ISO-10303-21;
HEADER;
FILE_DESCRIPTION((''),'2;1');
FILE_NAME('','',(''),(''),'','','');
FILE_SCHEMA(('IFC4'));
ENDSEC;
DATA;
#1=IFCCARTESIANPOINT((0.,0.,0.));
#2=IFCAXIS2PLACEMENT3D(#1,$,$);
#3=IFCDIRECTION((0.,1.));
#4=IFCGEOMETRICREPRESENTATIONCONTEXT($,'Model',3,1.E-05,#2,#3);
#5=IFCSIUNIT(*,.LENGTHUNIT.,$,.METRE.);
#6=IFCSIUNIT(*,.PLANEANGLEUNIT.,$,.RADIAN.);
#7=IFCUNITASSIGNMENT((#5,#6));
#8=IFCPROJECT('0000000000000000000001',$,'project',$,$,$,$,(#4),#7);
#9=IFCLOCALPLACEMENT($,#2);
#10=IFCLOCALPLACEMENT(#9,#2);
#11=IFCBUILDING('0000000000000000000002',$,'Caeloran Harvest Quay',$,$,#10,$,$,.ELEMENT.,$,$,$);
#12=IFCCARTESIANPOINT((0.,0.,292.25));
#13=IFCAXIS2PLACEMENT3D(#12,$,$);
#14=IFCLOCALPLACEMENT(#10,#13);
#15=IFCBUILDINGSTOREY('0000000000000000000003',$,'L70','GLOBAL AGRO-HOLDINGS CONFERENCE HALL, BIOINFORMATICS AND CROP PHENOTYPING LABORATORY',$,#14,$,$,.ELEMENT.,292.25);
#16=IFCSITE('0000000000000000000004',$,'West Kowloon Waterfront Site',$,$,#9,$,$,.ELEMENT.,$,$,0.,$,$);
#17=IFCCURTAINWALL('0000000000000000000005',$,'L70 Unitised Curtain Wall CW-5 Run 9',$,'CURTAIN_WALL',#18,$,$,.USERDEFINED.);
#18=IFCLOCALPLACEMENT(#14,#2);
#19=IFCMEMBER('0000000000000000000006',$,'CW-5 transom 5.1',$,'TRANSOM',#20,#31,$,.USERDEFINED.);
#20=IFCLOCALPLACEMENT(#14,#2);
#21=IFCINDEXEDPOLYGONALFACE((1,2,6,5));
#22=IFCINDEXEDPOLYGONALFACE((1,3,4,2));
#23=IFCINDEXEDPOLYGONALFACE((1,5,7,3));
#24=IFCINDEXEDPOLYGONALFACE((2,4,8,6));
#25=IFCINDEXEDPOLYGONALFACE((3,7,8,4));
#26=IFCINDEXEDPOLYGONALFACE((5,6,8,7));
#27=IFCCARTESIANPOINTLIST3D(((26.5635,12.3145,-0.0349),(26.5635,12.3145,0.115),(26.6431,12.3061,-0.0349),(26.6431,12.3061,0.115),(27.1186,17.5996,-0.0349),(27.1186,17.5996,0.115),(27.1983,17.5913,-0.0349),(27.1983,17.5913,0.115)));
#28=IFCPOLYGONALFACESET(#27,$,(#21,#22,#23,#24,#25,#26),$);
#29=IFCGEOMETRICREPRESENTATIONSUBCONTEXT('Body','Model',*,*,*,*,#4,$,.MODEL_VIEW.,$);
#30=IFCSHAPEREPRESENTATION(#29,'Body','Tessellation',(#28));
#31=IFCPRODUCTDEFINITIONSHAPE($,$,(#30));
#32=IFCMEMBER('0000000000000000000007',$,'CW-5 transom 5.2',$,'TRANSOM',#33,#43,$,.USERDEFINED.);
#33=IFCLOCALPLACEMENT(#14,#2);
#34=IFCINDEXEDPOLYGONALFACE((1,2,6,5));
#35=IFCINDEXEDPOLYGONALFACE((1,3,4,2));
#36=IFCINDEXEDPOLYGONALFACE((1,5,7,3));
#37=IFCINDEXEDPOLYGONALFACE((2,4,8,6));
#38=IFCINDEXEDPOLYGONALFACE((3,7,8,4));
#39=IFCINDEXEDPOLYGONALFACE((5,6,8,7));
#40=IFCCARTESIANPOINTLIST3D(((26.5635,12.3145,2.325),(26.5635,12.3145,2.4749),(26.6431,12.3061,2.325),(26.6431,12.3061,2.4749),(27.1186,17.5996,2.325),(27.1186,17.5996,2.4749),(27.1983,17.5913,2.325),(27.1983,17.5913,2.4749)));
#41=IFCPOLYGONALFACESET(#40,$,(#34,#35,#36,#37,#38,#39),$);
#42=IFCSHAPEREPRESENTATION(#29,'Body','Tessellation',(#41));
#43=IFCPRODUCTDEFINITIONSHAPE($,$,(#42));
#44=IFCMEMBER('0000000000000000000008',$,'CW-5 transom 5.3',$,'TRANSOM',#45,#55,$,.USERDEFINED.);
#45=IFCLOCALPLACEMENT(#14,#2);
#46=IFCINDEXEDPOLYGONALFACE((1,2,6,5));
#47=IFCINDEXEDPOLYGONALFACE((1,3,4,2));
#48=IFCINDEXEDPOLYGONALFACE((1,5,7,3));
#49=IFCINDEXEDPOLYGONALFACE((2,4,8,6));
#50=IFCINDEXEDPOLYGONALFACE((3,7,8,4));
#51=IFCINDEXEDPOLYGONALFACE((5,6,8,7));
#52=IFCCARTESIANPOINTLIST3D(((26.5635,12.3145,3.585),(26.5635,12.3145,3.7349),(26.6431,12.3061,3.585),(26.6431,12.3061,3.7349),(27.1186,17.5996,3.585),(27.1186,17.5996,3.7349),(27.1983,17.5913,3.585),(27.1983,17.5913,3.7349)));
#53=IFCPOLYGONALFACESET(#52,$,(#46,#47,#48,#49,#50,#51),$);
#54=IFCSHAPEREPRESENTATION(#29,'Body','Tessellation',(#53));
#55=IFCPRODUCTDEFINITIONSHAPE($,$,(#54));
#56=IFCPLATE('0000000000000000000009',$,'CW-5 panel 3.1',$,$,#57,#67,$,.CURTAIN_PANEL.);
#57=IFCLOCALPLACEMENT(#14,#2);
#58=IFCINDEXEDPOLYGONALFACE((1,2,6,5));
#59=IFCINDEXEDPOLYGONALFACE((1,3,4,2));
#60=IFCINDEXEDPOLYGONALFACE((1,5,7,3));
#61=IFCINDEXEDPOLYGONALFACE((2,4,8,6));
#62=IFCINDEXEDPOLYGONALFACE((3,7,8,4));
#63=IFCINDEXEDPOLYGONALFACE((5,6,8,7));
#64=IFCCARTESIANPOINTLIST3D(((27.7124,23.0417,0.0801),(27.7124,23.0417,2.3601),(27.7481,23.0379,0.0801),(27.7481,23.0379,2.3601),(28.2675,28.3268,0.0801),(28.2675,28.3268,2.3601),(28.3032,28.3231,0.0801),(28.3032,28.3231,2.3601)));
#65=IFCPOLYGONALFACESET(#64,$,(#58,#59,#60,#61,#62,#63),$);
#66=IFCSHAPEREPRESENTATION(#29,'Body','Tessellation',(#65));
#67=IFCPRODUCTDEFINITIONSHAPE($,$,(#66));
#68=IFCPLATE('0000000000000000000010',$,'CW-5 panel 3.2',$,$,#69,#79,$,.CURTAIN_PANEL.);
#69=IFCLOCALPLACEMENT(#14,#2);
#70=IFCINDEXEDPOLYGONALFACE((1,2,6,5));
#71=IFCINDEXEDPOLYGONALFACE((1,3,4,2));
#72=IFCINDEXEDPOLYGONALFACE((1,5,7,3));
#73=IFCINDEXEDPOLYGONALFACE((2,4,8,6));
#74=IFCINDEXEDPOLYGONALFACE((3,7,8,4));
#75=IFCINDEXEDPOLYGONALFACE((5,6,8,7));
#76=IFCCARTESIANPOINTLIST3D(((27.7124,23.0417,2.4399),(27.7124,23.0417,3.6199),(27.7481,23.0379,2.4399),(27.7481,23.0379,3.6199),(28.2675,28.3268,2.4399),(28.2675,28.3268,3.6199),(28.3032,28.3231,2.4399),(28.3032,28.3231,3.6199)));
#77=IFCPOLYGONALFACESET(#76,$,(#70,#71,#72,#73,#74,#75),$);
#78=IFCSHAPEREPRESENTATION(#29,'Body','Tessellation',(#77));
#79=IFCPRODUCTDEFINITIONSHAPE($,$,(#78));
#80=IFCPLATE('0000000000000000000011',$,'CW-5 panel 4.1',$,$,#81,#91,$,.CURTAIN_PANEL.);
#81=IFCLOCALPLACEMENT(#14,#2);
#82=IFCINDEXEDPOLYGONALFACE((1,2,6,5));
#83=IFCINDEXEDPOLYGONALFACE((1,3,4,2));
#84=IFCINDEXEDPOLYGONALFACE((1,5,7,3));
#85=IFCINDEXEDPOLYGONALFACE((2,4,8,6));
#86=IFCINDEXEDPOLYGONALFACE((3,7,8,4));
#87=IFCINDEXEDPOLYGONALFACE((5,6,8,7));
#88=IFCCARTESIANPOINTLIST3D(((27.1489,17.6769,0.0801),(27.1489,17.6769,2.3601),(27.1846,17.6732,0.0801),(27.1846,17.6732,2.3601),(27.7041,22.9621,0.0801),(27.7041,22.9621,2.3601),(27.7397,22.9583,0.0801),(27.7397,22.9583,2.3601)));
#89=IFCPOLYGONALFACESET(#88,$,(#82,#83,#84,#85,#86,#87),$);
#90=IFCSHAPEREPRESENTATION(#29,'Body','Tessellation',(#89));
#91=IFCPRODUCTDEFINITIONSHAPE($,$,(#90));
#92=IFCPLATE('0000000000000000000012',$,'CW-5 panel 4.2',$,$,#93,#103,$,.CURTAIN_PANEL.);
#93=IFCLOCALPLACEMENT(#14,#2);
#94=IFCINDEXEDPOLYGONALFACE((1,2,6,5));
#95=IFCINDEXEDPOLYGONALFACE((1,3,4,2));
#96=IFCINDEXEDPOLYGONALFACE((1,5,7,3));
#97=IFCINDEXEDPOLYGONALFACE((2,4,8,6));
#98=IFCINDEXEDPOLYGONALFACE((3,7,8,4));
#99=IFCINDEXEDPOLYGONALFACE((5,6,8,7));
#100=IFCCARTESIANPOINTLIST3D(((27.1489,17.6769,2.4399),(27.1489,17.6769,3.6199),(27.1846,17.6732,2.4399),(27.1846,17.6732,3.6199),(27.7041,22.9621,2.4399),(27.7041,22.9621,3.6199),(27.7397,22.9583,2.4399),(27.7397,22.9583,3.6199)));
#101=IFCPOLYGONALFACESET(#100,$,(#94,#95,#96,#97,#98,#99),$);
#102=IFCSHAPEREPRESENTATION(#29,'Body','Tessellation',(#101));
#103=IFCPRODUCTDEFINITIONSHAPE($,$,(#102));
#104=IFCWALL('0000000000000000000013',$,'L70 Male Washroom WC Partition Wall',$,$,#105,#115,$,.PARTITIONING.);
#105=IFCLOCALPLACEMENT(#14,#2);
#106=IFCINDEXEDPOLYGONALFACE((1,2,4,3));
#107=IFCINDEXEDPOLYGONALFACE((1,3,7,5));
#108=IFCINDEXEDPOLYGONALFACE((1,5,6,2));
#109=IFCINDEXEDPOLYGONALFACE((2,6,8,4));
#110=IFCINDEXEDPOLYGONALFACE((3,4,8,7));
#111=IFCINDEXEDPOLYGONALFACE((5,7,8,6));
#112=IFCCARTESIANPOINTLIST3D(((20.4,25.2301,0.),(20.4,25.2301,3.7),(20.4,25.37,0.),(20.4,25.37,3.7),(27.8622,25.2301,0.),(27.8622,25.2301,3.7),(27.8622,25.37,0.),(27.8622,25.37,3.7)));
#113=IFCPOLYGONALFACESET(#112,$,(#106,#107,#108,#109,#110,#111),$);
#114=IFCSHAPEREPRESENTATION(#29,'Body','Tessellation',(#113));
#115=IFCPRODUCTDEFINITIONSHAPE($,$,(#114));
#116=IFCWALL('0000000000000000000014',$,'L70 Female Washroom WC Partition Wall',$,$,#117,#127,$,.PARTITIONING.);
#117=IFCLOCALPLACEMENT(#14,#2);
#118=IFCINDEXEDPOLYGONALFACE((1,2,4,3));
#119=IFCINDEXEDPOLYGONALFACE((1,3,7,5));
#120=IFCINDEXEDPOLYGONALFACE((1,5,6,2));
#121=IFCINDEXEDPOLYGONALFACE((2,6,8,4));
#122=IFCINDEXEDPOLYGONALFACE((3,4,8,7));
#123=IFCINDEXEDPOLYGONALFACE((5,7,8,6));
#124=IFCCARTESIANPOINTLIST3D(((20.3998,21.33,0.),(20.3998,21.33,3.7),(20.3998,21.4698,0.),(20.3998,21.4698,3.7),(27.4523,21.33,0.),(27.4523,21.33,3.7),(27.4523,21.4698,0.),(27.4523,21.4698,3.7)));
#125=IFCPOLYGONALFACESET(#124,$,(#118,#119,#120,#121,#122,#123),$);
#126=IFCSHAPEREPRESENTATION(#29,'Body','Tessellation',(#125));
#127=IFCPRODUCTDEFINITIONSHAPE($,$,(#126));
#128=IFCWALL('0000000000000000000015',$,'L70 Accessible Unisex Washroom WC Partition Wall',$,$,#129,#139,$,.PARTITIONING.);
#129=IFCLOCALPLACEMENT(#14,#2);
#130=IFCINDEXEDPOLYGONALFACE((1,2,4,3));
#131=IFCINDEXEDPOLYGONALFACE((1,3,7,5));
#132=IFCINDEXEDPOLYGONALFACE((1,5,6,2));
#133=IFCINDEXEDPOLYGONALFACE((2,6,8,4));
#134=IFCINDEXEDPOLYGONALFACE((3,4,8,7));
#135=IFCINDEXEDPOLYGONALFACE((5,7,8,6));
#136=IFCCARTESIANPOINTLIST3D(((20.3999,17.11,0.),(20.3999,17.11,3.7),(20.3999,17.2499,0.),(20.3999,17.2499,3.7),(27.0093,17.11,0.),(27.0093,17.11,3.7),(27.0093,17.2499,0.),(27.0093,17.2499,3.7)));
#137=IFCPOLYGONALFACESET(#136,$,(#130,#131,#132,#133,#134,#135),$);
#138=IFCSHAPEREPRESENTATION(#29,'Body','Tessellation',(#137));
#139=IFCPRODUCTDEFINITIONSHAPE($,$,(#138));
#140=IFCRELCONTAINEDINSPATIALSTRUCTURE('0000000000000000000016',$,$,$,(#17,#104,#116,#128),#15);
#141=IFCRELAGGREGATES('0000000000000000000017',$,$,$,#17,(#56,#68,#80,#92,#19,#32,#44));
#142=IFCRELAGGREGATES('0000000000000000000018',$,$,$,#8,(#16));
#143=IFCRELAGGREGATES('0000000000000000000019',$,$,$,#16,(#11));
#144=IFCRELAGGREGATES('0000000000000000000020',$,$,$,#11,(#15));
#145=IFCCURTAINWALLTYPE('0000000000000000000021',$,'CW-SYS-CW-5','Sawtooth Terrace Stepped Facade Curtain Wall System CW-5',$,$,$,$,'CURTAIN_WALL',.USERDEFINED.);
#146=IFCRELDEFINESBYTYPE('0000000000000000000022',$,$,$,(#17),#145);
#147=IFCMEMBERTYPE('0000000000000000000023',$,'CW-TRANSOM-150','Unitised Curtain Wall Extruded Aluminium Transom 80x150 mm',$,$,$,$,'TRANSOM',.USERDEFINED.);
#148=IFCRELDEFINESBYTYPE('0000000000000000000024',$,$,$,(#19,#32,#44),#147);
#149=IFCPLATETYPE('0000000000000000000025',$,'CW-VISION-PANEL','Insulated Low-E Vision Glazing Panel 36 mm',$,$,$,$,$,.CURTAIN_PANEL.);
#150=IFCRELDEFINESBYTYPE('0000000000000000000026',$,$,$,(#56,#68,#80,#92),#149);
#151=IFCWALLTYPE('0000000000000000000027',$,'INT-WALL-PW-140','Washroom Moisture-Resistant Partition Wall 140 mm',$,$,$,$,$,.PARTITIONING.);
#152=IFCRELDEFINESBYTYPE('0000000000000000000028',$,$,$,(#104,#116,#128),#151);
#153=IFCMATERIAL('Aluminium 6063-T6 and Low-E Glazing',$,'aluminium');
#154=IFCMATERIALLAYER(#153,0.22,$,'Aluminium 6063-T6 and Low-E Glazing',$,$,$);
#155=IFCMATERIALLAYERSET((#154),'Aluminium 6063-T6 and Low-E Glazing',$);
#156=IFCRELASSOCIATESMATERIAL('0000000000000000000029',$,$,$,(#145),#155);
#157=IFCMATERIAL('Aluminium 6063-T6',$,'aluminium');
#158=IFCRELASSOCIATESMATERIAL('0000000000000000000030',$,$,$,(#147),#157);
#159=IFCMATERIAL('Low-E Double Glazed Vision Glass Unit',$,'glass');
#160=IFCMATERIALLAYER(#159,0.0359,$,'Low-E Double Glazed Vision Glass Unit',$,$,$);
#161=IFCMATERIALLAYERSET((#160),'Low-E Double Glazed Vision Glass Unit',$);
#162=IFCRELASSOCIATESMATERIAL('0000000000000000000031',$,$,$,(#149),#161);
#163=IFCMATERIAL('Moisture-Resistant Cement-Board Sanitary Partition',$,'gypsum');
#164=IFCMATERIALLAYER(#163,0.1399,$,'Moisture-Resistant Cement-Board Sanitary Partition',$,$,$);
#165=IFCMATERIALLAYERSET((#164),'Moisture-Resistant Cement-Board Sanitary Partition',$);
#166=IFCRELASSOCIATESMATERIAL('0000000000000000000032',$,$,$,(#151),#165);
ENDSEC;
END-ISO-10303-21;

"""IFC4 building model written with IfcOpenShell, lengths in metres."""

from ifc_helpers import new_model, si_unit, direction, frame, frame_2d, origin, origin_2d, place, context, subcontext, project, spatial, rectangle, extrude, material, layer, layer_set, material_profile, profile_set, type_object, element, aggregate, save


model = new_model("IFC4")

# Units and contexts
model_context = context("Model", 3, precision=1e-05, world=origin(), true_north=direction((0.0, 1.0)))
body_context = subcontext(model_context, "Body", "Model", "MODEL_VIEW")
ifc_project = project(units=[si_unit("LENGTHUNIT", "METRE"), si_unit("PLANEANGLEUNIT", "RADIAN")], contexts=[model_context])

# Site, building, storey
site_placement = place(None, origin())
site = spatial("IfcSite", under=ifc_project, at=site_placement, Name="West Kowloon Waterfront Site", CompositionType="ELEMENT", RefElevation=0.0)
building_placement = place(site_placement, origin())
building = spatial("IfcBuilding", under=site, at=building_placement, Name="Caeloran Harvest Quay", CompositionType="ELEMENT")
storey_placement = place(building_placement, frame((0.0, 0.0, 292.25)))
storey = spatial("IfcBuildingStorey", under=building, at=storey_placement, Name="L70", Description="GLOBAL AGRO-HOLDINGS CONFERENCE HALL, BIOINFORMATICS AND CROP PHENOTYPING LABORATORY", CompositionType="ELEMENT", Elevation=292.25)

# Curtain wall, members, plates
ifc_material_1 = material(Name="Aluminium 6063-T6 and Low-E Glazing", Category="aluminium")
ifc_layer_1 = layer(ifc_material_1, 0.22, Name="Aluminium 6063-T6 and Low-E Glazing")
ifc_layer_set_1 = layer_set([ifc_layer_1], Name="Aluminium 6063-T6 and Low-E Glazing")
curtain_wall_type = type_object("IfcCurtainWallType", Name="CW-SYS-CW-5", Description="Sawtooth Terrace Stepped Facade Curtain Wall System CW-5", ElementType="CURTAIN_WALL", PredefinedType="USERDEFINED", material=ifc_layer_set_1)
curtain_wall_placement = place(storey_placement, origin())
curtain_wall = element("IfcCurtainWall", 1, at=curtain_wall_placement, inside=storey, type_object=curtain_wall_type, Name="L70 Unitised Curtain Wall CW-5 Run 9", ObjectType="CURTAIN_WALL", PredefinedType="USERDEFINED")
ifc_material_2 = material(Name="Aluminium 6063-T6", Category="aluminium")
ifc_material_profile_1 = material_profile(ifc_material_2, rectangle(XDim=0.0801, YDim=0.1499, at=origin_2d()), Name="CW-TRANSOM-150")
ifc_profile_set_1 = profile_set([ifc_material_profile_1], Name="Aluminium 6063-T6")
member_type_1 = type_object("IfcMemberType", Name="CW-TRANSOM-150", Description="Unitised Curtain Wall Extruded Aluminium Transom 80x150 mm", ElementType="TRANSOM", PredefinedType="USERDEFINED", material=ifc_profile_set_1)
member_1_placement = place(storey_placement, frame((27.1584, 17.5955, 0.04), z_axis=(-0.10447, -0.994528, 0.0), x_axis=(0.994528, -0.10447, 0.0)))
member_1 = element("IfcMember", 2, at=member_1_placement, type_object=member_type_1, Name="CW-5 transom 5.1", ObjectType="TRANSOM", PredefinedType="USERDEFINED", context=body_context, shape_type="SweptSolid", body=[
    extrude(rectangle(XDim=0.0801, YDim=0.1499, at=origin_2d()), origin(), (0.0, 0.0, 1.0), 5.3142),
])
member_2_placement = place(storey_placement, frame((27.1584, 17.5955, 2.3999), z_axis=(-0.10447, -0.994528, 0.0), x_axis=(0.994528, -0.10447, 0.0)))
member_2 = element("IfcMember", 3, at=member_2_placement, type_object=member_type_1, Name="CW-5 transom 5.2", ObjectType="TRANSOM", PredefinedType="USERDEFINED", context=body_context, shape_type="SweptSolid", body=[
    extrude(rectangle(XDim=0.0801, YDim=0.1499, at=origin_2d()), origin(), (0.0, 0.0, 1.0), 5.3142),
])
member_3_placement = place(storey_placement, frame((27.1584, 17.5955, 3.6599), z_axis=(-0.10447, -0.994528, 0.0), x_axis=(0.994528, -0.10447, 0.0)))
member_3 = element("IfcMember", 4, at=member_3_placement, type_object=member_type_1, Name="CW-5 transom 5.3", ObjectType="TRANSOM", PredefinedType="USERDEFINED", context=body_context, shape_type="SweptSolid", body=[
    extrude(rectangle(XDim=0.0801, YDim=0.1499, at=origin_2d()), origin(), (0.0, 0.0, 1.0), 5.3142),
])
ifc_material_3 = material(Name="Low-E Double Glazed Vision Glass Unit", Category="glass")
ifc_layer_2 = layer(ifc_material_3, 0.0359, Name="Low-E Double Glazed Vision Glass Unit")
ifc_layer_set_2 = layer_set([ifc_layer_2], Name="Low-E Double Glazed Vision Glass Unit")
plate_type = type_object("IfcPlateType", Name="CW-VISION-PANEL", Description="Insulated Low-E Vision Glazing Panel 36 mm", PredefinedType="CURTAIN_PANEL", material=ifc_layer_set_2)
plate_1_placement = place(storey_placement, frame((28.0078, 25.6824, 0.0801), z_axis=(0.0, 0.0, 1.0), x_axis=(-0.10446, -0.994529, 0.0)))
plate_1 = element("IfcPlate", 5, at=plate_1_placement, type_object=plate_type, Name="CW-5 panel 3.1", PredefinedType="CURTAIN_PANEL", context=body_context, shape_type="SweptSolid", body=[
    extrude(rectangle(XDim=5.3142, YDim=0.0359, at=origin_2d()), origin(), (0.0, 0.0, 1.0), 2.28),
])
plate_2_placement = place(storey_placement, frame((28.0078, 25.6824, 2.4399), z_axis=(0.0, 0.0, 1.0), x_axis=(-0.10446, -0.994529, 0.0)))
plate_2 = element("IfcPlate", 6, at=plate_2_placement, type_object=plate_type, Name="CW-5 panel 3.2", PredefinedType="CURTAIN_PANEL", context=body_context, shape_type="SweptSolid", body=[
    extrude(rectangle(XDim=5.3142, YDim=0.0359, at=origin_2d()), origin(), (0.0, 0.0, 1.0), 1.1799),
])
plate_3_placement = place(storey_placement, frame((27.4443, 20.3176, 0.0801), z_axis=(0.0, 0.0, 1.0), x_axis=(-0.10446, -0.994529, 0.0)))
plate_3 = element("IfcPlate", 7, at=plate_3_placement, type_object=plate_type, Name="CW-5 panel 4.1", PredefinedType="CURTAIN_PANEL", context=body_context, shape_type="SweptSolid", body=[
    extrude(rectangle(XDim=5.3142, YDim=0.0359, at=origin_2d()), origin(), (0.0, 0.0, 1.0), 2.28),
])
plate_4_placement = place(storey_placement, frame((27.4443, 20.3176, 2.4399), z_axis=(0.0, 0.0, 1.0), x_axis=(-0.10446, -0.994529, 0.0)))
plate_4 = element("IfcPlate", 8, at=plate_4_placement, type_object=plate_type, Name="CW-5 panel 4.2", PredefinedType="CURTAIN_PANEL", context=body_context, shape_type="SweptSolid", body=[
    extrude(rectangle(XDim=5.3142, YDim=0.0359, at=origin_2d()), origin(), (0.0, 0.0, 1.0), 1.1799),
])
aggregate(curtain_wall, [plate_1, plate_2, plate_3, plate_4, member_1, member_2, member_3])

# Walls
ifc_material_4 = material(Name="Moisture-Resistant Cement-Board Sanitary Partition", Category="gypsum")
ifc_layer_3 = layer(ifc_material_4, 0.1399, Name="Moisture-Resistant Cement-Board Sanitary Partition")
ifc_layer_set_3 = layer_set([ifc_layer_3], Name="Moisture-Resistant Cement-Board Sanitary Partition")
wall_type = type_object("IfcWallType", Name="INT-WALL-PW-140", Description="Washroom Moisture-Resistant Partition Wall 140 mm", PredefinedType="PARTITIONING", material=ifc_layer_set_3)
wall_1_placement = place(storey_placement, frame((27.8621, 25.3, 0.0), z_axis=(0.0, 0.0, 1.0), x_axis=(-1.0, 0.0, 0.0)))
element("IfcWall", 9, at=wall_1_placement, inside=storey, type_object=wall_type, Name="L70 Male Washroom WC Partition Wall", PredefinedType="PARTITIONING", context=body_context, shape_type="SweptSolid", body=[
    extrude(rectangle(XDim=7.4622, YDim=0.1399, at=frame_2d((3.731, 0.0))), origin(), (0.0, 0.0, 1.0), 3.7),
])
wall_2_placement = place(storey_placement, frame((27.4524, 21.3999, 0.0), z_axis=(0.0, 0.0, 1.0), x_axis=(-1.0, 0.0, 0.0)))
element("IfcWall", 10, at=wall_2_placement, inside=storey, type_object=wall_type, Name="L70 Female Washroom WC Partition Wall", PredefinedType="PARTITIONING", context=body_context, shape_type="SweptSolid", body=[
    extrude(rectangle(XDim=7.0525, YDim=0.1399, at=frame_2d((3.5264, 0.0))), origin(), (0.0, 0.0, 1.0), 3.7),
])
wall_3_placement = place(storey_placement, frame((27.0093, 17.1799, 0.0), z_axis=(0.0, 0.0, 1.0), x_axis=(-1.0, 0.0, 0.0)))
element("IfcWall", 11, at=wall_3_placement, inside=storey, type_object=wall_type, Name="L70 Accessible Unisex Washroom WC Partition Wall", PredefinedType="PARTITIONING", context=body_context, shape_type="SweptSolid", body=[
    extrude(rectangle(XDim=6.6094, YDim=0.1399, at=frame_2d((3.3047, 0.0))), origin(), (0.0, 0.0, 1.0), 3.7),
])

save(model, "model.ifc")
